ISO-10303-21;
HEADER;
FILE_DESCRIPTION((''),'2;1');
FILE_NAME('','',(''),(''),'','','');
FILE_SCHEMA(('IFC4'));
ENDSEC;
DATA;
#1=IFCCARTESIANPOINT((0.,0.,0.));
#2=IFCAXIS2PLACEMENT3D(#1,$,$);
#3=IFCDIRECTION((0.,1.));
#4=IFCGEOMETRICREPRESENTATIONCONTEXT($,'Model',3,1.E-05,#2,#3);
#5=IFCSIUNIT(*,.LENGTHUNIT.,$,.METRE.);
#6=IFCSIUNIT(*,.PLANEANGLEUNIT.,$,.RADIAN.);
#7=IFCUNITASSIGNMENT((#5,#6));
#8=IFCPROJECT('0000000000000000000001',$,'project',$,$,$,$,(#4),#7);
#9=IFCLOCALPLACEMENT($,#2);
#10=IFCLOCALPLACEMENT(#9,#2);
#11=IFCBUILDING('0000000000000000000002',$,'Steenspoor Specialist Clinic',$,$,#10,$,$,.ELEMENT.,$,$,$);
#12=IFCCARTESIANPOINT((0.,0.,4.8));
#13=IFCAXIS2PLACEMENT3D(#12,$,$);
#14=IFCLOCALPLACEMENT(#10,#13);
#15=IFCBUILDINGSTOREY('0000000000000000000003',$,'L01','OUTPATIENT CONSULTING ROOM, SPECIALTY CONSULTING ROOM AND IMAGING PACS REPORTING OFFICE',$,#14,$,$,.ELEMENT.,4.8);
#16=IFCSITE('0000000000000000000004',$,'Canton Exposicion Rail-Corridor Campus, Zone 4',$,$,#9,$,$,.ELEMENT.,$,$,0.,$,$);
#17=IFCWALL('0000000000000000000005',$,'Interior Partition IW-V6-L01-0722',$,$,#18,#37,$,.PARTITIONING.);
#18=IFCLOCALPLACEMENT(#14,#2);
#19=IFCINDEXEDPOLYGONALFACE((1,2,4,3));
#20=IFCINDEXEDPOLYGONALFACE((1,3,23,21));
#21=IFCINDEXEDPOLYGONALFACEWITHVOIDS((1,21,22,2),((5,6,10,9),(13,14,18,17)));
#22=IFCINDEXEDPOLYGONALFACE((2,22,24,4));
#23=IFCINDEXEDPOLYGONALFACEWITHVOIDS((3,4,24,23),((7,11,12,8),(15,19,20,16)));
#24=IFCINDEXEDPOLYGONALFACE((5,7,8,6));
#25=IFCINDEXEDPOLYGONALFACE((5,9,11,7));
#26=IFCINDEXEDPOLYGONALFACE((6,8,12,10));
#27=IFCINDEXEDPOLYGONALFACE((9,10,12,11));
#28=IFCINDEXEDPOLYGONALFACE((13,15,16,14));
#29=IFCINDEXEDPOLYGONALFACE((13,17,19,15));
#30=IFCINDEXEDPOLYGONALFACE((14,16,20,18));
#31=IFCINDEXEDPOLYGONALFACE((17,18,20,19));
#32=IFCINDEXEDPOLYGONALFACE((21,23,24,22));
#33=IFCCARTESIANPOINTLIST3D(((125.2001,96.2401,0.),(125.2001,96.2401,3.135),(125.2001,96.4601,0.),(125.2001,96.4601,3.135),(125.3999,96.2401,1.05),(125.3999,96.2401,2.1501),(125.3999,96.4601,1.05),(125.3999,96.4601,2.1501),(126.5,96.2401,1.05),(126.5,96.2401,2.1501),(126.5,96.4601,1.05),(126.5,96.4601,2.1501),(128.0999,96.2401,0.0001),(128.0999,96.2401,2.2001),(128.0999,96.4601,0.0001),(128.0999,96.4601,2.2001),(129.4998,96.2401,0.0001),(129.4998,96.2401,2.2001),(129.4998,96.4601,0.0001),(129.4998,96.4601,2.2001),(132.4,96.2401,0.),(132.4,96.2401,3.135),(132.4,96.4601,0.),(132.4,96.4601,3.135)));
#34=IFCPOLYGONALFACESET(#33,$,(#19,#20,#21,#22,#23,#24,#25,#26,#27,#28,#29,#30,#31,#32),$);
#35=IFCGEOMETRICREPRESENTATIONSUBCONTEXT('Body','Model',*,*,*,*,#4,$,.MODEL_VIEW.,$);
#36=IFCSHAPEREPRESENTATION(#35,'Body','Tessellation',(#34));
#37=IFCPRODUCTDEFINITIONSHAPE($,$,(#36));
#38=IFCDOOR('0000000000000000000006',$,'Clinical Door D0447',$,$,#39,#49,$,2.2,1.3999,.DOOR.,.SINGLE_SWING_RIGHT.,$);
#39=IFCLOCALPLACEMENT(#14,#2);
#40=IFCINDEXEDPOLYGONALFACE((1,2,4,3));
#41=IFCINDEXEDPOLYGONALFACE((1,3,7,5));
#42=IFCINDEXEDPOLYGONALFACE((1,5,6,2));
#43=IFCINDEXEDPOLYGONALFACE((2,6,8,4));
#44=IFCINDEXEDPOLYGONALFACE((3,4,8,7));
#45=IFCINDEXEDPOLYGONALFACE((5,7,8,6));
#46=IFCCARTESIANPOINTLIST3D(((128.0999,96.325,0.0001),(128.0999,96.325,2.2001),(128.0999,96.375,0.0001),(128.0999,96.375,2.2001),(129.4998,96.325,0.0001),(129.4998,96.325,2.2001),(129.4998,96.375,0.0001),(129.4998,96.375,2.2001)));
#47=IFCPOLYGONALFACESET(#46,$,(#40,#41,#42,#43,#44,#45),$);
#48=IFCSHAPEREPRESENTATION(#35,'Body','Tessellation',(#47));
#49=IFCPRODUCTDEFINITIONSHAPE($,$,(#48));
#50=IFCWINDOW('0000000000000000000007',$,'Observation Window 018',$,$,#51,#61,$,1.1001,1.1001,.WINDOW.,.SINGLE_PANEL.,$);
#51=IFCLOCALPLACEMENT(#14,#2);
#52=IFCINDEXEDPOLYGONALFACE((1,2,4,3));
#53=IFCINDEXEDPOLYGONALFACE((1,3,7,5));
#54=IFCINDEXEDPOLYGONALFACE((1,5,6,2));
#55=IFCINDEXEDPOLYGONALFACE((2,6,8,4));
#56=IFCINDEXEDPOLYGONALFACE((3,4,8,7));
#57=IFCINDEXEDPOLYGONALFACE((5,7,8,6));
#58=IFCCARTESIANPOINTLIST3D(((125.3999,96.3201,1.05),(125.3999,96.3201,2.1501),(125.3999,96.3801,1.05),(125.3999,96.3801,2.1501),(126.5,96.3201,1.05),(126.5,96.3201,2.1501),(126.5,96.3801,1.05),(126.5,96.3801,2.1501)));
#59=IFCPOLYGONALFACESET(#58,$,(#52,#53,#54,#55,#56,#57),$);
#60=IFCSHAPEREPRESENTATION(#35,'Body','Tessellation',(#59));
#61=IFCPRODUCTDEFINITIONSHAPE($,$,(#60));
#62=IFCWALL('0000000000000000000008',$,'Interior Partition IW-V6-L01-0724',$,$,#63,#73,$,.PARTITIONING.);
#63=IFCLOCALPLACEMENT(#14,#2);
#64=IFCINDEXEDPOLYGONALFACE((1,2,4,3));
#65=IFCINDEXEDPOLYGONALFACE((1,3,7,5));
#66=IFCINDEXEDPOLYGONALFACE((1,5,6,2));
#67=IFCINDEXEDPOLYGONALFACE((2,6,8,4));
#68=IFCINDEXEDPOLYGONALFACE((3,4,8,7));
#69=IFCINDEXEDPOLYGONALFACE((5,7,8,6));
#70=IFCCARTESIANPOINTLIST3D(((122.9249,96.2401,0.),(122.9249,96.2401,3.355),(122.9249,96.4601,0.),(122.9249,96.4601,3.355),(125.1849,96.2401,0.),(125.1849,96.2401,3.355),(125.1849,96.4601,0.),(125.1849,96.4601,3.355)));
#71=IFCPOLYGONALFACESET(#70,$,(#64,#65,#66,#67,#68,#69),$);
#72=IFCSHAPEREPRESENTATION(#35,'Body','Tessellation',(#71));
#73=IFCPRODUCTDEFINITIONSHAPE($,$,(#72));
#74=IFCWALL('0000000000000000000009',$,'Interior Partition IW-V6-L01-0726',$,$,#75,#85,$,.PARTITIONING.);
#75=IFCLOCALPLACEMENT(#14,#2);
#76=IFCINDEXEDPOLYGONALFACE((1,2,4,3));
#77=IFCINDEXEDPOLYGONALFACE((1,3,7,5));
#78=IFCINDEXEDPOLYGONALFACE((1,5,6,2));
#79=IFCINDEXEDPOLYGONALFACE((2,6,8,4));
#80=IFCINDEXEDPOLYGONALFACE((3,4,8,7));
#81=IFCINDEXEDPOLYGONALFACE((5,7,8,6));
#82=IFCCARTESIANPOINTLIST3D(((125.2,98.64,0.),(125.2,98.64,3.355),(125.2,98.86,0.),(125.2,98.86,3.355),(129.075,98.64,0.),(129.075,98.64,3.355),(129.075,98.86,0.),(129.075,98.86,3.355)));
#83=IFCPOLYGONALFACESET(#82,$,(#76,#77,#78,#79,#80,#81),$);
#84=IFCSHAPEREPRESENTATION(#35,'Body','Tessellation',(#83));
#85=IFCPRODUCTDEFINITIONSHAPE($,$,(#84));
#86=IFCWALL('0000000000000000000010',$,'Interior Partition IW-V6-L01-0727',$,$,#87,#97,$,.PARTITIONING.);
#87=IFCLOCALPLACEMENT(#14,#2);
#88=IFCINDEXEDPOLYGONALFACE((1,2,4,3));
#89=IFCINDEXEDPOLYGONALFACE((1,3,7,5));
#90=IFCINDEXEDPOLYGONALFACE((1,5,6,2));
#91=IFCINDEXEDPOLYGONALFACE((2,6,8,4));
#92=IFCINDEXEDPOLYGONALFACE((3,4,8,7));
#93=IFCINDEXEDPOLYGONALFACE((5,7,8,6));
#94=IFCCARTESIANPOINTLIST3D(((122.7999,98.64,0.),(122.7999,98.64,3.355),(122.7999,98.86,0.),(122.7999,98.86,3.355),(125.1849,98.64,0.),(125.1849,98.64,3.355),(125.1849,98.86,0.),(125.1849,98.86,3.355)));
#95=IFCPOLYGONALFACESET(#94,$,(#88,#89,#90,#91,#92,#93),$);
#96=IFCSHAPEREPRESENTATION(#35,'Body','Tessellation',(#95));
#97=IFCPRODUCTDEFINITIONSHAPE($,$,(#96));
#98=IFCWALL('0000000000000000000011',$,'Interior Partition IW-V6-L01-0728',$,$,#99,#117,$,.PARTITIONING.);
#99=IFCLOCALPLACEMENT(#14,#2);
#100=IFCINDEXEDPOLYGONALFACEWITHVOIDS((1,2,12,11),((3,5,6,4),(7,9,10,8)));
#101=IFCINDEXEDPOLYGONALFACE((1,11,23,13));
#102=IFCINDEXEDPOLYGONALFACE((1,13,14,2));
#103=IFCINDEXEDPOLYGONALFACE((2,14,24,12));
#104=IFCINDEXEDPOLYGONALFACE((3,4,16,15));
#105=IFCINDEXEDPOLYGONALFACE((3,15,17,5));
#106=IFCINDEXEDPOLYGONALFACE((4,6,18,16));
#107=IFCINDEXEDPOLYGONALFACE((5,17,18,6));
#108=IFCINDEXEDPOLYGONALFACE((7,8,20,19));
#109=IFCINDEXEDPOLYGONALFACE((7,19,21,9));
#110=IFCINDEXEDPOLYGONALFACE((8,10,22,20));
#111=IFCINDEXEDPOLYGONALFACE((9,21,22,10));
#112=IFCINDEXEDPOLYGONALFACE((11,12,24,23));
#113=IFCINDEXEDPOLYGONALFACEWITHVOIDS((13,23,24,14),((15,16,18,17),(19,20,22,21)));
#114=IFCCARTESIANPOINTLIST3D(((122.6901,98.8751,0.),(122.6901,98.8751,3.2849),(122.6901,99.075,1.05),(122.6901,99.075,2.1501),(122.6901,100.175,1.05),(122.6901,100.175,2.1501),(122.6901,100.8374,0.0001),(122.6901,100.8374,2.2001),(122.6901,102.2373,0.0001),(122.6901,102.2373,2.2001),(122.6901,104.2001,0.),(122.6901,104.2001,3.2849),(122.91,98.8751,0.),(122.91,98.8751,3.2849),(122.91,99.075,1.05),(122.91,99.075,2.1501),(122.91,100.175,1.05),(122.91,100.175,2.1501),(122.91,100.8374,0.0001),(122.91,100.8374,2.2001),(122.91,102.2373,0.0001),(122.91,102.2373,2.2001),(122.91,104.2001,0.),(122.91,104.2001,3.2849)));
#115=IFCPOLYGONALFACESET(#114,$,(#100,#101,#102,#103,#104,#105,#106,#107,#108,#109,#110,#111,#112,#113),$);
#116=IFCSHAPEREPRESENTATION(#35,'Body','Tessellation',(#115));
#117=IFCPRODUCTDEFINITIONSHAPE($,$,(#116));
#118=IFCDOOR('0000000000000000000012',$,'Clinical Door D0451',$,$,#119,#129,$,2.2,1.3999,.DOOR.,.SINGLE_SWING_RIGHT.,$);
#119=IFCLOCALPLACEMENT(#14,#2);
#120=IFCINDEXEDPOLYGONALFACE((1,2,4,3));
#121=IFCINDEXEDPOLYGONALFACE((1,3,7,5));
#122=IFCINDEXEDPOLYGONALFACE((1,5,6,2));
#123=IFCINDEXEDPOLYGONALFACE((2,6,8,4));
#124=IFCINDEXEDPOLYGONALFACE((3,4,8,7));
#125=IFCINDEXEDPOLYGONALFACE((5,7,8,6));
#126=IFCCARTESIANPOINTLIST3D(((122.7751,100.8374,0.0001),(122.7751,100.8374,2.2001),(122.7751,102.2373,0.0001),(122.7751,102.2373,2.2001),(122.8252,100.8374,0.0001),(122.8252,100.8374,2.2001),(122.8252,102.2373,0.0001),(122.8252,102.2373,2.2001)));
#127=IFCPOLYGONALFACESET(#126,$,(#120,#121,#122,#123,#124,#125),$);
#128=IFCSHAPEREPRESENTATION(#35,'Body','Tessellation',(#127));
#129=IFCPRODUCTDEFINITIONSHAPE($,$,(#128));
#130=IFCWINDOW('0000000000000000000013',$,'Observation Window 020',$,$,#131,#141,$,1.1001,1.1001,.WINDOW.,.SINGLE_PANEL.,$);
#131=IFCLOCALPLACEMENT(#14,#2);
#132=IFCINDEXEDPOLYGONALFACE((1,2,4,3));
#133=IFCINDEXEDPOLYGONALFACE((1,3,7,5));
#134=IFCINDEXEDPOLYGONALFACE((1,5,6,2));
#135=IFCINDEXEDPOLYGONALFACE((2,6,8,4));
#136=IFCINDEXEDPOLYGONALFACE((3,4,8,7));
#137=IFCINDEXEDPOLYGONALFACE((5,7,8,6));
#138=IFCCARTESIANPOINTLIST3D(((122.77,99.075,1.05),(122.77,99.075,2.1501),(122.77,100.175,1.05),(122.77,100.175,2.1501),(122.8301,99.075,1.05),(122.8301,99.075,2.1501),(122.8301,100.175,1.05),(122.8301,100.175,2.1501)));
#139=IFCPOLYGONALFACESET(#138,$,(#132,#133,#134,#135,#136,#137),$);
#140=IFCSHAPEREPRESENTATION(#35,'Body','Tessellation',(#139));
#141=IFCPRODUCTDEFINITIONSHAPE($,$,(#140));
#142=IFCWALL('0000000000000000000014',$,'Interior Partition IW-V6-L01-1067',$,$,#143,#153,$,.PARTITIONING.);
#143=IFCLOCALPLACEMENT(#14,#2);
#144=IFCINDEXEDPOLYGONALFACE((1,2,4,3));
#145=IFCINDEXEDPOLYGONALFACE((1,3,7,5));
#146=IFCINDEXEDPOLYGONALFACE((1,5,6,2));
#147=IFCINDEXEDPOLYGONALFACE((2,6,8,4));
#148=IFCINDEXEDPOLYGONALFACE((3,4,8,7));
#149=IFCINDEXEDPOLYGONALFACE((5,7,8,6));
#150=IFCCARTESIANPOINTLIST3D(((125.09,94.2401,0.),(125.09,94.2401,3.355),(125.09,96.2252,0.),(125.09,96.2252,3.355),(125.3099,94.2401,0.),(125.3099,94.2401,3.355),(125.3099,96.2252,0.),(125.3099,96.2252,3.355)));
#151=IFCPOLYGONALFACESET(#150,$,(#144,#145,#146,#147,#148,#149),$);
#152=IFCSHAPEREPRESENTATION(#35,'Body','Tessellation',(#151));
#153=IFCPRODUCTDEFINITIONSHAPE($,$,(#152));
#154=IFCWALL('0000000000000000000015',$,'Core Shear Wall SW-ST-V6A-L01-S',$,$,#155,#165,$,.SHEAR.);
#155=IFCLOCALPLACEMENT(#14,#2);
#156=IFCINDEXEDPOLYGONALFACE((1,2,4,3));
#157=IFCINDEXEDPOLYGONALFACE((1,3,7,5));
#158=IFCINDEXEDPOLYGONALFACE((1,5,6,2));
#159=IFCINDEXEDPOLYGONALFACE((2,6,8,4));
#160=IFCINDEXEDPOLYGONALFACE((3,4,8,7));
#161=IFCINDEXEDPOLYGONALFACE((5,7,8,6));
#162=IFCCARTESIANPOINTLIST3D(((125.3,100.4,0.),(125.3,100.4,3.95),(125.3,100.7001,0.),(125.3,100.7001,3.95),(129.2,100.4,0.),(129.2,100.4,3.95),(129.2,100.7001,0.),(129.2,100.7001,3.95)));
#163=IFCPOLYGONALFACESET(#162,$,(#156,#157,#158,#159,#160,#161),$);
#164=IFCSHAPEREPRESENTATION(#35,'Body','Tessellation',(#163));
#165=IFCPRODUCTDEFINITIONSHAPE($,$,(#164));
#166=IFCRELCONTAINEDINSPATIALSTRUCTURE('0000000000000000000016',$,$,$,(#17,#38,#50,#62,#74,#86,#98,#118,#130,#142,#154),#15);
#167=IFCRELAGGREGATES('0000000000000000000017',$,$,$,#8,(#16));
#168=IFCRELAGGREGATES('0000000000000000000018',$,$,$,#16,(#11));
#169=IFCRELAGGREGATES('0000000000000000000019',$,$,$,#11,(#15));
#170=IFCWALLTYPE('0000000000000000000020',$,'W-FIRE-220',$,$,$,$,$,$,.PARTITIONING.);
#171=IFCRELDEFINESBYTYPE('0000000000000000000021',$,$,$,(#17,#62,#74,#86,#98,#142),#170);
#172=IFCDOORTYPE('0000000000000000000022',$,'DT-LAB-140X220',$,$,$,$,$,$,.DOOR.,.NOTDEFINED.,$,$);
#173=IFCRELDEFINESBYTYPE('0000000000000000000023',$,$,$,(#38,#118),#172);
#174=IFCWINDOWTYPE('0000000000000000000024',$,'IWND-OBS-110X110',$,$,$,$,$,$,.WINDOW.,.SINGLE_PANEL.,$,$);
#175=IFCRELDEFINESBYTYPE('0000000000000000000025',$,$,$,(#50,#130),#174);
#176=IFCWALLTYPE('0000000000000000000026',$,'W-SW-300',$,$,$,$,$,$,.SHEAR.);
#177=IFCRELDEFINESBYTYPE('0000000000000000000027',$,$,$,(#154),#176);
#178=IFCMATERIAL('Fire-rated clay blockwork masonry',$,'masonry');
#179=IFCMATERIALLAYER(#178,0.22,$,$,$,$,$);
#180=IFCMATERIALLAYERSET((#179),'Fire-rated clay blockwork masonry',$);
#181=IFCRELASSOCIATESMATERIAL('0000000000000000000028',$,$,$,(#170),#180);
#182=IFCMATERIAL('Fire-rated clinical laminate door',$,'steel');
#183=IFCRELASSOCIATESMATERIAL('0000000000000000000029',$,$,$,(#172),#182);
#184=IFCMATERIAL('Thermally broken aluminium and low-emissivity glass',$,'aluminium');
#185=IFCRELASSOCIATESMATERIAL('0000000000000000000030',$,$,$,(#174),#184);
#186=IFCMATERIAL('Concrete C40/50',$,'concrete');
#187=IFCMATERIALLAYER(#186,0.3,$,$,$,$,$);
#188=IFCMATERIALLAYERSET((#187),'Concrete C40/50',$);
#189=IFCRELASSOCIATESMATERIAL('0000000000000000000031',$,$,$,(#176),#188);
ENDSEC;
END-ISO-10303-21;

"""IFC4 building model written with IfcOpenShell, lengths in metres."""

from ifc_helpers import new_model, si_unit, direction, frame, frame_2d, origin, place, context, subcontext, project, spatial, rectangle, extrude, material, layer, layer_set, type_object, element, fill, save


model = new_model("IFC4")

# Units and contexts
model_context = context("Model", 3, precision=1e-05, world=origin(), true_north=direction((0.0, 1.0)))
body_context = subcontext(model_context, "Body", "Model", "MODEL_VIEW")
ifc_project = project(units=[si_unit("LENGTHUNIT", "METRE"), si_unit("PLANEANGLEUNIT", "RADIAN")], contexts=[model_context])

# Site, building, storey
site_placement = place(None, origin())
site = spatial("IfcSite", under=ifc_project, at=site_placement, Name="Canton Exposicion Rail-Corridor Campus, Zone 4", CompositionType="ELEMENT", RefElevation=0.0)
building_placement = place(site_placement, origin())
building = spatial("IfcBuilding", under=site, at=building_placement, Name="Steenspoor Specialist Clinic", CompositionType="ELEMENT")
storey_placement = place(building_placement, frame((0.0, 0.0, 4.8)))
storey = spatial("IfcBuildingStorey", under=building, at=storey_placement, Name="L01", Description="OUTPATIENT CONSULTING ROOM, SPECIALTY CONSULTING ROOM AND IMAGING PACS REPORTING OFFICE", CompositionType="ELEMENT", Elevation=4.8)

# Shared definitions
ifc_material_1 = material(Name="Concrete C40/50", Category="concrete")

# Shared definitions
ifc_material_2 = material(Name="Thermally broken aluminium and low-emissivity glass", Category="aluminium")

# Wall, openings, door, window
ifc_material_3 = material(Name="Fire-rated clay blockwork masonry", Category="masonry")
ifc_layer_1 = layer(ifc_material_3, 0.22)
ifc_layer_set_1 = layer_set([ifc_layer_1], Name="Fire-rated clay blockwork masonry")
wall_type_1 = type_object("IfcWallType", Name="W-FIRE-220", PredefinedType="PARTITIONING", material=ifc_layer_set_1)
wall_1_placement = place(storey_placement, frame((125.2, 96.3501, 0.0), z_axis=(0.0, 0.0, 1.0), x_axis=(1.0, 0.0, 0.0)))
wall_1 = element("IfcWall", 1, at=wall_1_placement, inside=storey, type_object=wall_type_1, Name="Interior Partition IW-V6-L01-0722", PredefinedType="PARTITIONING", context=body_context, shape_type="SweptSolid", body=[
    extrude(rectangle(XDim=7.2, YDim=0.22, at=frame_2d((3.6001, 0.0))), origin(), (0.0, 0.0, 1.0), 3.135),
])
opening_1_placement = place(wall_1_placement, frame((2.8999, 0.0, 0.0)))
opening_1 = element("IfcOpeningElement", 2, at=opening_1_placement, cuts=wall_1, PredefinedType="OPENING", context=body_context, shape_type="SweptSolid", body=[
    extrude(rectangle(XDim=1.3999, YDim=2.2, at=frame_2d((0.7, 1.1001))), frame((0.0, 0.1201, 0.0), z_axis=(0.0, -1.0, 0.0), x_axis=(1.0, 0.0, 0.0)), (0.0, 0.0, 1.0), 0.24),
])
opening_2_placement = place(wall_1_placement, frame((0.2, 0.0, 1.05)))
opening_2 = element("IfcOpeningElement", 3, at=opening_2_placement, cuts=wall_1, PredefinedType="OPENING", context=body_context, shape_type="SweptSolid", body=[
    extrude(rectangle(XDim=1.1001, YDim=1.1001, at=frame_2d((0.55, 0.55))), frame((0.0, 0.1201, 0.0), z_axis=(0.0, -1.0, 0.0), x_axis=(1.0, 0.0, 0.0)), (0.0, 0.0, 1.0), 0.24),
])
ifc_material_4 = material(Name="Fire-rated clinical laminate door", Category="steel")
door_type = type_object("IfcDoorType", Name="DT-LAB-140X220", OperationType="NOTDEFINED", PredefinedType="DOOR", material=ifc_material_4)
door_1_placement = place(opening_1_placement, origin())
door_1 = element("IfcDoor", 4, at=door_1_placement, inside=storey, type_object=door_type, Name="Clinical Door D0447", OperationType="SINGLE_SWING_RIGHT", OverallHeight=2.2, OverallWidth=1.3999, PredefinedType="DOOR", context=body_context, shape_type="SweptSolid", body=[
    extrude(rectangle(XDim=1.3999, YDim=2.2, at=frame_2d((0.7, 1.1001))), frame((0.0, 0.0249, 0.0), z_axis=(0.0, -1.0, 0.0), x_axis=(1.0, 0.0, 0.0)), (0.0, 0.0, 1.0), 0.05),
])
fill(opening_1, door_1)
window_type_1 = type_object("IfcWindowType", Name="IWND-OBS-110X110", PartitioningType="SINGLE_PANEL", PredefinedType="WINDOW", material=ifc_material_2)
window_1_placement = place(opening_2_placement, origin())
window_1 = element("IfcWindow", 5, at=window_1_placement, inside=storey, type_object=window_type_1, Name="Observation Window 018", OverallHeight=1.1001, OverallWidth=1.1001, PartitioningType="SINGLE_PANEL", PredefinedType="WINDOW", context=body_context, shape_type="SweptSolid", body=[
    extrude(rectangle(XDim=1.1001, YDim=1.1001, at=frame_2d((0.55, 0.55))), frame((0.0, 0.03, 0.0), z_axis=(0.0, -1.0, 0.0), x_axis=(1.0, 0.0, 0.0)), (0.0, 0.0, 1.0), 0.0601),
])
fill(opening_2, window_1)

# Walls
wall_2_placement = place(storey_placement, frame((122.925, 96.3501, 0.0), z_axis=(0.0, 0.0, 1.0), x_axis=(1.0, 0.0, 0.0)))
element("IfcWall", 6, at=wall_2_placement, inside=storey, type_object=wall_type_1, Name="Interior Partition IW-V6-L01-0724", PredefinedType="PARTITIONING", context=body_context, shape_type="SweptSolid", body=[
    extrude(rectangle(XDim=2.26, YDim=0.22, at=frame_2d((1.1299, 0.0))), origin(), (0.0, 0.0, 1.0), 3.355),
])
wall_3_placement = place(storey_placement, frame((125.2, 98.75, 0.0), z_axis=(0.0, 0.0, 1.0), x_axis=(1.0, 0.0, 0.0)))
element("IfcWall", 7, at=wall_3_placement, inside=storey, type_object=wall_type_1, Name="Interior Partition IW-V6-L01-0726", PredefinedType="PARTITIONING", context=body_context, shape_type="SweptSolid", body=[
    extrude(rectangle(XDim=3.875, YDim=0.22, at=frame_2d((1.9375, 0.0))), origin(), (0.0, 0.0, 1.0), 3.355),
])
wall_4_placement = place(storey_placement, frame((122.8, 98.75, 0.0), z_axis=(0.0, 0.0, 1.0), x_axis=(1.0, 0.0, 0.0)))
element("IfcWall", 8, at=wall_4_placement, inside=storey, type_object=wall_type_1, Name="Interior Partition IW-V6-L01-0727", PredefinedType="PARTITIONING", context=body_context, shape_type="SweptSolid", body=[
    extrude(rectangle(XDim=2.385, YDim=0.22, at=frame_2d((1.1924, 0.0))), origin(), (0.0, 0.0, 1.0), 3.355),
])

# Wall, openings, door, window
wall_5_placement = place(storey_placement, frame((122.8, 98.875, 0.0), z_axis=(0.0, 0.0, 1.0), x_axis=(0.0, 1.0, 0.0)))
wall_5 = element("IfcWall", 9, at=wall_5_placement, inside=storey, type_object=wall_type_1, Name="Interior Partition IW-V6-L01-0728", PredefinedType="PARTITIONING", context=body_context, shape_type="SweptSolid", body=[
    extrude(rectangle(XDim=5.325, YDim=0.22, at=frame_2d((2.6626, 0.0))), origin(), (0.0, 0.0, 1.0), 3.2849),
])
opening_3_placement = place(wall_5_placement, frame((1.9624, 0.0, 0.0)))
opening_3 = element("IfcOpeningElement", 10, at=opening_3_placement, cuts=wall_5, PredefinedType="OPENING", context=body_context, shape_type="SweptSolid", body=[
    extrude(rectangle(XDim=1.3999, YDim=2.2, at=frame_2d((0.7, 1.1001))), frame((0.0, 0.1201, 0.0), z_axis=(0.0, -1.0, 0.0), x_axis=(1.0, 0.0, 0.0)), (0.0, 0.0, 1.0), 0.24),
])
opening_4_placement = place(wall_5_placement, frame((0.2, 0.0, 1.05)))
opening_4 = element("IfcOpeningElement", 11, at=opening_4_placement, cuts=wall_5, PredefinedType="OPENING", context=body_context, shape_type="SweptSolid", body=[
    extrude(rectangle(XDim=1.1001, YDim=1.1001, at=frame_2d((0.55, 0.55))), frame((0.0, 0.1201, 0.0), z_axis=(0.0, -1.0, 0.0), x_axis=(1.0, 0.0, 0.0)), (0.0, 0.0, 1.0), 0.24),
])
door_2_placement = place(opening_3_placement, origin())
door_2 = element("IfcDoor", 12, at=door_2_placement, inside=storey, type_object=door_type, Name="Clinical Door D0451", OperationType="SINGLE_SWING_RIGHT", OverallHeight=2.2, OverallWidth=1.3999, PredefinedType="DOOR", context=body_context, shape_type="SweptSolid", body=[
    extrude(rectangle(XDim=1.3999, YDim=2.2, at=frame_2d((0.7, 1.1001))), frame((0.0, 0.0249, 0.0), z_axis=(0.0, -1.0, 0.0), x_axis=(1.0, 0.0, 0.0)), (0.0, 0.0, 1.0), 0.05),
])
fill(opening_3, door_2)
window_2_placement = place(opening_4_placement, origin())
window_2 = element("IfcWindow", 13, at=window_2_placement, inside=storey, type_object=window_type_1, Name="Observation Window 020", OverallHeight=1.1001, OverallWidth=1.1001, PartitioningType="SINGLE_PANEL", PredefinedType="WINDOW", context=body_context, shape_type="SweptSolid", body=[
    extrude(rectangle(XDim=1.1001, YDim=1.1001, at=frame_2d((0.55, 0.55))), frame((0.0, 0.03, 0.0), z_axis=(0.0, -1.0, 0.0), x_axis=(1.0, 0.0, 0.0)), (0.0, 0.0, 1.0), 0.0601),
])
fill(opening_4, window_2)

# Walls
wall_6_placement = place(storey_placement, frame((125.2, 94.24, 0.0), z_axis=(0.0, 0.0, 1.0), x_axis=(0.0, 1.0, 0.0)))
element("IfcWall", 14, at=wall_6_placement, inside=storey, type_object=wall_type_1, Name="Interior Partition IW-V6-L01-1067", PredefinedType="PARTITIONING", context=body_context, shape_type="SweptSolid", body=[
    extrude(rectangle(XDim=1.9851, YDim=0.22, at=frame_2d((0.9927, 0.0))), origin(), (0.0, 0.0, 1.0), 3.355),
])
ifc_layer_2 = layer(ifc_material_1, 0.3)
ifc_layer_set_2 = layer_set([ifc_layer_2], Name="Concrete C40/50")
wall_type_2 = type_object("IfcWallType", Name="W-SW-300", PredefinedType="SHEAR", material=ifc_layer_set_2)
wall_7_placement = place(storey_placement, frame((125.3, 100.55, 0.0), z_axis=(0.0, 0.0, 1.0), x_axis=(1.0, 0.0, 0.0)))
element("IfcWall", 15, at=wall_7_placement, inside=storey, type_object=wall_type_2, Name="Core Shear Wall SW-ST-V6A-L01-S", PredefinedType="SHEAR", context=body_context, shape_type="SweptSolid", body=[
    extrude(rectangle(XDim=3.8999, YDim=0.3, at=frame_2d((1.95, 0.0))), origin(), (0.0, 0.0, 1.0), 3.95),
])

save(model, "model.ifc")
